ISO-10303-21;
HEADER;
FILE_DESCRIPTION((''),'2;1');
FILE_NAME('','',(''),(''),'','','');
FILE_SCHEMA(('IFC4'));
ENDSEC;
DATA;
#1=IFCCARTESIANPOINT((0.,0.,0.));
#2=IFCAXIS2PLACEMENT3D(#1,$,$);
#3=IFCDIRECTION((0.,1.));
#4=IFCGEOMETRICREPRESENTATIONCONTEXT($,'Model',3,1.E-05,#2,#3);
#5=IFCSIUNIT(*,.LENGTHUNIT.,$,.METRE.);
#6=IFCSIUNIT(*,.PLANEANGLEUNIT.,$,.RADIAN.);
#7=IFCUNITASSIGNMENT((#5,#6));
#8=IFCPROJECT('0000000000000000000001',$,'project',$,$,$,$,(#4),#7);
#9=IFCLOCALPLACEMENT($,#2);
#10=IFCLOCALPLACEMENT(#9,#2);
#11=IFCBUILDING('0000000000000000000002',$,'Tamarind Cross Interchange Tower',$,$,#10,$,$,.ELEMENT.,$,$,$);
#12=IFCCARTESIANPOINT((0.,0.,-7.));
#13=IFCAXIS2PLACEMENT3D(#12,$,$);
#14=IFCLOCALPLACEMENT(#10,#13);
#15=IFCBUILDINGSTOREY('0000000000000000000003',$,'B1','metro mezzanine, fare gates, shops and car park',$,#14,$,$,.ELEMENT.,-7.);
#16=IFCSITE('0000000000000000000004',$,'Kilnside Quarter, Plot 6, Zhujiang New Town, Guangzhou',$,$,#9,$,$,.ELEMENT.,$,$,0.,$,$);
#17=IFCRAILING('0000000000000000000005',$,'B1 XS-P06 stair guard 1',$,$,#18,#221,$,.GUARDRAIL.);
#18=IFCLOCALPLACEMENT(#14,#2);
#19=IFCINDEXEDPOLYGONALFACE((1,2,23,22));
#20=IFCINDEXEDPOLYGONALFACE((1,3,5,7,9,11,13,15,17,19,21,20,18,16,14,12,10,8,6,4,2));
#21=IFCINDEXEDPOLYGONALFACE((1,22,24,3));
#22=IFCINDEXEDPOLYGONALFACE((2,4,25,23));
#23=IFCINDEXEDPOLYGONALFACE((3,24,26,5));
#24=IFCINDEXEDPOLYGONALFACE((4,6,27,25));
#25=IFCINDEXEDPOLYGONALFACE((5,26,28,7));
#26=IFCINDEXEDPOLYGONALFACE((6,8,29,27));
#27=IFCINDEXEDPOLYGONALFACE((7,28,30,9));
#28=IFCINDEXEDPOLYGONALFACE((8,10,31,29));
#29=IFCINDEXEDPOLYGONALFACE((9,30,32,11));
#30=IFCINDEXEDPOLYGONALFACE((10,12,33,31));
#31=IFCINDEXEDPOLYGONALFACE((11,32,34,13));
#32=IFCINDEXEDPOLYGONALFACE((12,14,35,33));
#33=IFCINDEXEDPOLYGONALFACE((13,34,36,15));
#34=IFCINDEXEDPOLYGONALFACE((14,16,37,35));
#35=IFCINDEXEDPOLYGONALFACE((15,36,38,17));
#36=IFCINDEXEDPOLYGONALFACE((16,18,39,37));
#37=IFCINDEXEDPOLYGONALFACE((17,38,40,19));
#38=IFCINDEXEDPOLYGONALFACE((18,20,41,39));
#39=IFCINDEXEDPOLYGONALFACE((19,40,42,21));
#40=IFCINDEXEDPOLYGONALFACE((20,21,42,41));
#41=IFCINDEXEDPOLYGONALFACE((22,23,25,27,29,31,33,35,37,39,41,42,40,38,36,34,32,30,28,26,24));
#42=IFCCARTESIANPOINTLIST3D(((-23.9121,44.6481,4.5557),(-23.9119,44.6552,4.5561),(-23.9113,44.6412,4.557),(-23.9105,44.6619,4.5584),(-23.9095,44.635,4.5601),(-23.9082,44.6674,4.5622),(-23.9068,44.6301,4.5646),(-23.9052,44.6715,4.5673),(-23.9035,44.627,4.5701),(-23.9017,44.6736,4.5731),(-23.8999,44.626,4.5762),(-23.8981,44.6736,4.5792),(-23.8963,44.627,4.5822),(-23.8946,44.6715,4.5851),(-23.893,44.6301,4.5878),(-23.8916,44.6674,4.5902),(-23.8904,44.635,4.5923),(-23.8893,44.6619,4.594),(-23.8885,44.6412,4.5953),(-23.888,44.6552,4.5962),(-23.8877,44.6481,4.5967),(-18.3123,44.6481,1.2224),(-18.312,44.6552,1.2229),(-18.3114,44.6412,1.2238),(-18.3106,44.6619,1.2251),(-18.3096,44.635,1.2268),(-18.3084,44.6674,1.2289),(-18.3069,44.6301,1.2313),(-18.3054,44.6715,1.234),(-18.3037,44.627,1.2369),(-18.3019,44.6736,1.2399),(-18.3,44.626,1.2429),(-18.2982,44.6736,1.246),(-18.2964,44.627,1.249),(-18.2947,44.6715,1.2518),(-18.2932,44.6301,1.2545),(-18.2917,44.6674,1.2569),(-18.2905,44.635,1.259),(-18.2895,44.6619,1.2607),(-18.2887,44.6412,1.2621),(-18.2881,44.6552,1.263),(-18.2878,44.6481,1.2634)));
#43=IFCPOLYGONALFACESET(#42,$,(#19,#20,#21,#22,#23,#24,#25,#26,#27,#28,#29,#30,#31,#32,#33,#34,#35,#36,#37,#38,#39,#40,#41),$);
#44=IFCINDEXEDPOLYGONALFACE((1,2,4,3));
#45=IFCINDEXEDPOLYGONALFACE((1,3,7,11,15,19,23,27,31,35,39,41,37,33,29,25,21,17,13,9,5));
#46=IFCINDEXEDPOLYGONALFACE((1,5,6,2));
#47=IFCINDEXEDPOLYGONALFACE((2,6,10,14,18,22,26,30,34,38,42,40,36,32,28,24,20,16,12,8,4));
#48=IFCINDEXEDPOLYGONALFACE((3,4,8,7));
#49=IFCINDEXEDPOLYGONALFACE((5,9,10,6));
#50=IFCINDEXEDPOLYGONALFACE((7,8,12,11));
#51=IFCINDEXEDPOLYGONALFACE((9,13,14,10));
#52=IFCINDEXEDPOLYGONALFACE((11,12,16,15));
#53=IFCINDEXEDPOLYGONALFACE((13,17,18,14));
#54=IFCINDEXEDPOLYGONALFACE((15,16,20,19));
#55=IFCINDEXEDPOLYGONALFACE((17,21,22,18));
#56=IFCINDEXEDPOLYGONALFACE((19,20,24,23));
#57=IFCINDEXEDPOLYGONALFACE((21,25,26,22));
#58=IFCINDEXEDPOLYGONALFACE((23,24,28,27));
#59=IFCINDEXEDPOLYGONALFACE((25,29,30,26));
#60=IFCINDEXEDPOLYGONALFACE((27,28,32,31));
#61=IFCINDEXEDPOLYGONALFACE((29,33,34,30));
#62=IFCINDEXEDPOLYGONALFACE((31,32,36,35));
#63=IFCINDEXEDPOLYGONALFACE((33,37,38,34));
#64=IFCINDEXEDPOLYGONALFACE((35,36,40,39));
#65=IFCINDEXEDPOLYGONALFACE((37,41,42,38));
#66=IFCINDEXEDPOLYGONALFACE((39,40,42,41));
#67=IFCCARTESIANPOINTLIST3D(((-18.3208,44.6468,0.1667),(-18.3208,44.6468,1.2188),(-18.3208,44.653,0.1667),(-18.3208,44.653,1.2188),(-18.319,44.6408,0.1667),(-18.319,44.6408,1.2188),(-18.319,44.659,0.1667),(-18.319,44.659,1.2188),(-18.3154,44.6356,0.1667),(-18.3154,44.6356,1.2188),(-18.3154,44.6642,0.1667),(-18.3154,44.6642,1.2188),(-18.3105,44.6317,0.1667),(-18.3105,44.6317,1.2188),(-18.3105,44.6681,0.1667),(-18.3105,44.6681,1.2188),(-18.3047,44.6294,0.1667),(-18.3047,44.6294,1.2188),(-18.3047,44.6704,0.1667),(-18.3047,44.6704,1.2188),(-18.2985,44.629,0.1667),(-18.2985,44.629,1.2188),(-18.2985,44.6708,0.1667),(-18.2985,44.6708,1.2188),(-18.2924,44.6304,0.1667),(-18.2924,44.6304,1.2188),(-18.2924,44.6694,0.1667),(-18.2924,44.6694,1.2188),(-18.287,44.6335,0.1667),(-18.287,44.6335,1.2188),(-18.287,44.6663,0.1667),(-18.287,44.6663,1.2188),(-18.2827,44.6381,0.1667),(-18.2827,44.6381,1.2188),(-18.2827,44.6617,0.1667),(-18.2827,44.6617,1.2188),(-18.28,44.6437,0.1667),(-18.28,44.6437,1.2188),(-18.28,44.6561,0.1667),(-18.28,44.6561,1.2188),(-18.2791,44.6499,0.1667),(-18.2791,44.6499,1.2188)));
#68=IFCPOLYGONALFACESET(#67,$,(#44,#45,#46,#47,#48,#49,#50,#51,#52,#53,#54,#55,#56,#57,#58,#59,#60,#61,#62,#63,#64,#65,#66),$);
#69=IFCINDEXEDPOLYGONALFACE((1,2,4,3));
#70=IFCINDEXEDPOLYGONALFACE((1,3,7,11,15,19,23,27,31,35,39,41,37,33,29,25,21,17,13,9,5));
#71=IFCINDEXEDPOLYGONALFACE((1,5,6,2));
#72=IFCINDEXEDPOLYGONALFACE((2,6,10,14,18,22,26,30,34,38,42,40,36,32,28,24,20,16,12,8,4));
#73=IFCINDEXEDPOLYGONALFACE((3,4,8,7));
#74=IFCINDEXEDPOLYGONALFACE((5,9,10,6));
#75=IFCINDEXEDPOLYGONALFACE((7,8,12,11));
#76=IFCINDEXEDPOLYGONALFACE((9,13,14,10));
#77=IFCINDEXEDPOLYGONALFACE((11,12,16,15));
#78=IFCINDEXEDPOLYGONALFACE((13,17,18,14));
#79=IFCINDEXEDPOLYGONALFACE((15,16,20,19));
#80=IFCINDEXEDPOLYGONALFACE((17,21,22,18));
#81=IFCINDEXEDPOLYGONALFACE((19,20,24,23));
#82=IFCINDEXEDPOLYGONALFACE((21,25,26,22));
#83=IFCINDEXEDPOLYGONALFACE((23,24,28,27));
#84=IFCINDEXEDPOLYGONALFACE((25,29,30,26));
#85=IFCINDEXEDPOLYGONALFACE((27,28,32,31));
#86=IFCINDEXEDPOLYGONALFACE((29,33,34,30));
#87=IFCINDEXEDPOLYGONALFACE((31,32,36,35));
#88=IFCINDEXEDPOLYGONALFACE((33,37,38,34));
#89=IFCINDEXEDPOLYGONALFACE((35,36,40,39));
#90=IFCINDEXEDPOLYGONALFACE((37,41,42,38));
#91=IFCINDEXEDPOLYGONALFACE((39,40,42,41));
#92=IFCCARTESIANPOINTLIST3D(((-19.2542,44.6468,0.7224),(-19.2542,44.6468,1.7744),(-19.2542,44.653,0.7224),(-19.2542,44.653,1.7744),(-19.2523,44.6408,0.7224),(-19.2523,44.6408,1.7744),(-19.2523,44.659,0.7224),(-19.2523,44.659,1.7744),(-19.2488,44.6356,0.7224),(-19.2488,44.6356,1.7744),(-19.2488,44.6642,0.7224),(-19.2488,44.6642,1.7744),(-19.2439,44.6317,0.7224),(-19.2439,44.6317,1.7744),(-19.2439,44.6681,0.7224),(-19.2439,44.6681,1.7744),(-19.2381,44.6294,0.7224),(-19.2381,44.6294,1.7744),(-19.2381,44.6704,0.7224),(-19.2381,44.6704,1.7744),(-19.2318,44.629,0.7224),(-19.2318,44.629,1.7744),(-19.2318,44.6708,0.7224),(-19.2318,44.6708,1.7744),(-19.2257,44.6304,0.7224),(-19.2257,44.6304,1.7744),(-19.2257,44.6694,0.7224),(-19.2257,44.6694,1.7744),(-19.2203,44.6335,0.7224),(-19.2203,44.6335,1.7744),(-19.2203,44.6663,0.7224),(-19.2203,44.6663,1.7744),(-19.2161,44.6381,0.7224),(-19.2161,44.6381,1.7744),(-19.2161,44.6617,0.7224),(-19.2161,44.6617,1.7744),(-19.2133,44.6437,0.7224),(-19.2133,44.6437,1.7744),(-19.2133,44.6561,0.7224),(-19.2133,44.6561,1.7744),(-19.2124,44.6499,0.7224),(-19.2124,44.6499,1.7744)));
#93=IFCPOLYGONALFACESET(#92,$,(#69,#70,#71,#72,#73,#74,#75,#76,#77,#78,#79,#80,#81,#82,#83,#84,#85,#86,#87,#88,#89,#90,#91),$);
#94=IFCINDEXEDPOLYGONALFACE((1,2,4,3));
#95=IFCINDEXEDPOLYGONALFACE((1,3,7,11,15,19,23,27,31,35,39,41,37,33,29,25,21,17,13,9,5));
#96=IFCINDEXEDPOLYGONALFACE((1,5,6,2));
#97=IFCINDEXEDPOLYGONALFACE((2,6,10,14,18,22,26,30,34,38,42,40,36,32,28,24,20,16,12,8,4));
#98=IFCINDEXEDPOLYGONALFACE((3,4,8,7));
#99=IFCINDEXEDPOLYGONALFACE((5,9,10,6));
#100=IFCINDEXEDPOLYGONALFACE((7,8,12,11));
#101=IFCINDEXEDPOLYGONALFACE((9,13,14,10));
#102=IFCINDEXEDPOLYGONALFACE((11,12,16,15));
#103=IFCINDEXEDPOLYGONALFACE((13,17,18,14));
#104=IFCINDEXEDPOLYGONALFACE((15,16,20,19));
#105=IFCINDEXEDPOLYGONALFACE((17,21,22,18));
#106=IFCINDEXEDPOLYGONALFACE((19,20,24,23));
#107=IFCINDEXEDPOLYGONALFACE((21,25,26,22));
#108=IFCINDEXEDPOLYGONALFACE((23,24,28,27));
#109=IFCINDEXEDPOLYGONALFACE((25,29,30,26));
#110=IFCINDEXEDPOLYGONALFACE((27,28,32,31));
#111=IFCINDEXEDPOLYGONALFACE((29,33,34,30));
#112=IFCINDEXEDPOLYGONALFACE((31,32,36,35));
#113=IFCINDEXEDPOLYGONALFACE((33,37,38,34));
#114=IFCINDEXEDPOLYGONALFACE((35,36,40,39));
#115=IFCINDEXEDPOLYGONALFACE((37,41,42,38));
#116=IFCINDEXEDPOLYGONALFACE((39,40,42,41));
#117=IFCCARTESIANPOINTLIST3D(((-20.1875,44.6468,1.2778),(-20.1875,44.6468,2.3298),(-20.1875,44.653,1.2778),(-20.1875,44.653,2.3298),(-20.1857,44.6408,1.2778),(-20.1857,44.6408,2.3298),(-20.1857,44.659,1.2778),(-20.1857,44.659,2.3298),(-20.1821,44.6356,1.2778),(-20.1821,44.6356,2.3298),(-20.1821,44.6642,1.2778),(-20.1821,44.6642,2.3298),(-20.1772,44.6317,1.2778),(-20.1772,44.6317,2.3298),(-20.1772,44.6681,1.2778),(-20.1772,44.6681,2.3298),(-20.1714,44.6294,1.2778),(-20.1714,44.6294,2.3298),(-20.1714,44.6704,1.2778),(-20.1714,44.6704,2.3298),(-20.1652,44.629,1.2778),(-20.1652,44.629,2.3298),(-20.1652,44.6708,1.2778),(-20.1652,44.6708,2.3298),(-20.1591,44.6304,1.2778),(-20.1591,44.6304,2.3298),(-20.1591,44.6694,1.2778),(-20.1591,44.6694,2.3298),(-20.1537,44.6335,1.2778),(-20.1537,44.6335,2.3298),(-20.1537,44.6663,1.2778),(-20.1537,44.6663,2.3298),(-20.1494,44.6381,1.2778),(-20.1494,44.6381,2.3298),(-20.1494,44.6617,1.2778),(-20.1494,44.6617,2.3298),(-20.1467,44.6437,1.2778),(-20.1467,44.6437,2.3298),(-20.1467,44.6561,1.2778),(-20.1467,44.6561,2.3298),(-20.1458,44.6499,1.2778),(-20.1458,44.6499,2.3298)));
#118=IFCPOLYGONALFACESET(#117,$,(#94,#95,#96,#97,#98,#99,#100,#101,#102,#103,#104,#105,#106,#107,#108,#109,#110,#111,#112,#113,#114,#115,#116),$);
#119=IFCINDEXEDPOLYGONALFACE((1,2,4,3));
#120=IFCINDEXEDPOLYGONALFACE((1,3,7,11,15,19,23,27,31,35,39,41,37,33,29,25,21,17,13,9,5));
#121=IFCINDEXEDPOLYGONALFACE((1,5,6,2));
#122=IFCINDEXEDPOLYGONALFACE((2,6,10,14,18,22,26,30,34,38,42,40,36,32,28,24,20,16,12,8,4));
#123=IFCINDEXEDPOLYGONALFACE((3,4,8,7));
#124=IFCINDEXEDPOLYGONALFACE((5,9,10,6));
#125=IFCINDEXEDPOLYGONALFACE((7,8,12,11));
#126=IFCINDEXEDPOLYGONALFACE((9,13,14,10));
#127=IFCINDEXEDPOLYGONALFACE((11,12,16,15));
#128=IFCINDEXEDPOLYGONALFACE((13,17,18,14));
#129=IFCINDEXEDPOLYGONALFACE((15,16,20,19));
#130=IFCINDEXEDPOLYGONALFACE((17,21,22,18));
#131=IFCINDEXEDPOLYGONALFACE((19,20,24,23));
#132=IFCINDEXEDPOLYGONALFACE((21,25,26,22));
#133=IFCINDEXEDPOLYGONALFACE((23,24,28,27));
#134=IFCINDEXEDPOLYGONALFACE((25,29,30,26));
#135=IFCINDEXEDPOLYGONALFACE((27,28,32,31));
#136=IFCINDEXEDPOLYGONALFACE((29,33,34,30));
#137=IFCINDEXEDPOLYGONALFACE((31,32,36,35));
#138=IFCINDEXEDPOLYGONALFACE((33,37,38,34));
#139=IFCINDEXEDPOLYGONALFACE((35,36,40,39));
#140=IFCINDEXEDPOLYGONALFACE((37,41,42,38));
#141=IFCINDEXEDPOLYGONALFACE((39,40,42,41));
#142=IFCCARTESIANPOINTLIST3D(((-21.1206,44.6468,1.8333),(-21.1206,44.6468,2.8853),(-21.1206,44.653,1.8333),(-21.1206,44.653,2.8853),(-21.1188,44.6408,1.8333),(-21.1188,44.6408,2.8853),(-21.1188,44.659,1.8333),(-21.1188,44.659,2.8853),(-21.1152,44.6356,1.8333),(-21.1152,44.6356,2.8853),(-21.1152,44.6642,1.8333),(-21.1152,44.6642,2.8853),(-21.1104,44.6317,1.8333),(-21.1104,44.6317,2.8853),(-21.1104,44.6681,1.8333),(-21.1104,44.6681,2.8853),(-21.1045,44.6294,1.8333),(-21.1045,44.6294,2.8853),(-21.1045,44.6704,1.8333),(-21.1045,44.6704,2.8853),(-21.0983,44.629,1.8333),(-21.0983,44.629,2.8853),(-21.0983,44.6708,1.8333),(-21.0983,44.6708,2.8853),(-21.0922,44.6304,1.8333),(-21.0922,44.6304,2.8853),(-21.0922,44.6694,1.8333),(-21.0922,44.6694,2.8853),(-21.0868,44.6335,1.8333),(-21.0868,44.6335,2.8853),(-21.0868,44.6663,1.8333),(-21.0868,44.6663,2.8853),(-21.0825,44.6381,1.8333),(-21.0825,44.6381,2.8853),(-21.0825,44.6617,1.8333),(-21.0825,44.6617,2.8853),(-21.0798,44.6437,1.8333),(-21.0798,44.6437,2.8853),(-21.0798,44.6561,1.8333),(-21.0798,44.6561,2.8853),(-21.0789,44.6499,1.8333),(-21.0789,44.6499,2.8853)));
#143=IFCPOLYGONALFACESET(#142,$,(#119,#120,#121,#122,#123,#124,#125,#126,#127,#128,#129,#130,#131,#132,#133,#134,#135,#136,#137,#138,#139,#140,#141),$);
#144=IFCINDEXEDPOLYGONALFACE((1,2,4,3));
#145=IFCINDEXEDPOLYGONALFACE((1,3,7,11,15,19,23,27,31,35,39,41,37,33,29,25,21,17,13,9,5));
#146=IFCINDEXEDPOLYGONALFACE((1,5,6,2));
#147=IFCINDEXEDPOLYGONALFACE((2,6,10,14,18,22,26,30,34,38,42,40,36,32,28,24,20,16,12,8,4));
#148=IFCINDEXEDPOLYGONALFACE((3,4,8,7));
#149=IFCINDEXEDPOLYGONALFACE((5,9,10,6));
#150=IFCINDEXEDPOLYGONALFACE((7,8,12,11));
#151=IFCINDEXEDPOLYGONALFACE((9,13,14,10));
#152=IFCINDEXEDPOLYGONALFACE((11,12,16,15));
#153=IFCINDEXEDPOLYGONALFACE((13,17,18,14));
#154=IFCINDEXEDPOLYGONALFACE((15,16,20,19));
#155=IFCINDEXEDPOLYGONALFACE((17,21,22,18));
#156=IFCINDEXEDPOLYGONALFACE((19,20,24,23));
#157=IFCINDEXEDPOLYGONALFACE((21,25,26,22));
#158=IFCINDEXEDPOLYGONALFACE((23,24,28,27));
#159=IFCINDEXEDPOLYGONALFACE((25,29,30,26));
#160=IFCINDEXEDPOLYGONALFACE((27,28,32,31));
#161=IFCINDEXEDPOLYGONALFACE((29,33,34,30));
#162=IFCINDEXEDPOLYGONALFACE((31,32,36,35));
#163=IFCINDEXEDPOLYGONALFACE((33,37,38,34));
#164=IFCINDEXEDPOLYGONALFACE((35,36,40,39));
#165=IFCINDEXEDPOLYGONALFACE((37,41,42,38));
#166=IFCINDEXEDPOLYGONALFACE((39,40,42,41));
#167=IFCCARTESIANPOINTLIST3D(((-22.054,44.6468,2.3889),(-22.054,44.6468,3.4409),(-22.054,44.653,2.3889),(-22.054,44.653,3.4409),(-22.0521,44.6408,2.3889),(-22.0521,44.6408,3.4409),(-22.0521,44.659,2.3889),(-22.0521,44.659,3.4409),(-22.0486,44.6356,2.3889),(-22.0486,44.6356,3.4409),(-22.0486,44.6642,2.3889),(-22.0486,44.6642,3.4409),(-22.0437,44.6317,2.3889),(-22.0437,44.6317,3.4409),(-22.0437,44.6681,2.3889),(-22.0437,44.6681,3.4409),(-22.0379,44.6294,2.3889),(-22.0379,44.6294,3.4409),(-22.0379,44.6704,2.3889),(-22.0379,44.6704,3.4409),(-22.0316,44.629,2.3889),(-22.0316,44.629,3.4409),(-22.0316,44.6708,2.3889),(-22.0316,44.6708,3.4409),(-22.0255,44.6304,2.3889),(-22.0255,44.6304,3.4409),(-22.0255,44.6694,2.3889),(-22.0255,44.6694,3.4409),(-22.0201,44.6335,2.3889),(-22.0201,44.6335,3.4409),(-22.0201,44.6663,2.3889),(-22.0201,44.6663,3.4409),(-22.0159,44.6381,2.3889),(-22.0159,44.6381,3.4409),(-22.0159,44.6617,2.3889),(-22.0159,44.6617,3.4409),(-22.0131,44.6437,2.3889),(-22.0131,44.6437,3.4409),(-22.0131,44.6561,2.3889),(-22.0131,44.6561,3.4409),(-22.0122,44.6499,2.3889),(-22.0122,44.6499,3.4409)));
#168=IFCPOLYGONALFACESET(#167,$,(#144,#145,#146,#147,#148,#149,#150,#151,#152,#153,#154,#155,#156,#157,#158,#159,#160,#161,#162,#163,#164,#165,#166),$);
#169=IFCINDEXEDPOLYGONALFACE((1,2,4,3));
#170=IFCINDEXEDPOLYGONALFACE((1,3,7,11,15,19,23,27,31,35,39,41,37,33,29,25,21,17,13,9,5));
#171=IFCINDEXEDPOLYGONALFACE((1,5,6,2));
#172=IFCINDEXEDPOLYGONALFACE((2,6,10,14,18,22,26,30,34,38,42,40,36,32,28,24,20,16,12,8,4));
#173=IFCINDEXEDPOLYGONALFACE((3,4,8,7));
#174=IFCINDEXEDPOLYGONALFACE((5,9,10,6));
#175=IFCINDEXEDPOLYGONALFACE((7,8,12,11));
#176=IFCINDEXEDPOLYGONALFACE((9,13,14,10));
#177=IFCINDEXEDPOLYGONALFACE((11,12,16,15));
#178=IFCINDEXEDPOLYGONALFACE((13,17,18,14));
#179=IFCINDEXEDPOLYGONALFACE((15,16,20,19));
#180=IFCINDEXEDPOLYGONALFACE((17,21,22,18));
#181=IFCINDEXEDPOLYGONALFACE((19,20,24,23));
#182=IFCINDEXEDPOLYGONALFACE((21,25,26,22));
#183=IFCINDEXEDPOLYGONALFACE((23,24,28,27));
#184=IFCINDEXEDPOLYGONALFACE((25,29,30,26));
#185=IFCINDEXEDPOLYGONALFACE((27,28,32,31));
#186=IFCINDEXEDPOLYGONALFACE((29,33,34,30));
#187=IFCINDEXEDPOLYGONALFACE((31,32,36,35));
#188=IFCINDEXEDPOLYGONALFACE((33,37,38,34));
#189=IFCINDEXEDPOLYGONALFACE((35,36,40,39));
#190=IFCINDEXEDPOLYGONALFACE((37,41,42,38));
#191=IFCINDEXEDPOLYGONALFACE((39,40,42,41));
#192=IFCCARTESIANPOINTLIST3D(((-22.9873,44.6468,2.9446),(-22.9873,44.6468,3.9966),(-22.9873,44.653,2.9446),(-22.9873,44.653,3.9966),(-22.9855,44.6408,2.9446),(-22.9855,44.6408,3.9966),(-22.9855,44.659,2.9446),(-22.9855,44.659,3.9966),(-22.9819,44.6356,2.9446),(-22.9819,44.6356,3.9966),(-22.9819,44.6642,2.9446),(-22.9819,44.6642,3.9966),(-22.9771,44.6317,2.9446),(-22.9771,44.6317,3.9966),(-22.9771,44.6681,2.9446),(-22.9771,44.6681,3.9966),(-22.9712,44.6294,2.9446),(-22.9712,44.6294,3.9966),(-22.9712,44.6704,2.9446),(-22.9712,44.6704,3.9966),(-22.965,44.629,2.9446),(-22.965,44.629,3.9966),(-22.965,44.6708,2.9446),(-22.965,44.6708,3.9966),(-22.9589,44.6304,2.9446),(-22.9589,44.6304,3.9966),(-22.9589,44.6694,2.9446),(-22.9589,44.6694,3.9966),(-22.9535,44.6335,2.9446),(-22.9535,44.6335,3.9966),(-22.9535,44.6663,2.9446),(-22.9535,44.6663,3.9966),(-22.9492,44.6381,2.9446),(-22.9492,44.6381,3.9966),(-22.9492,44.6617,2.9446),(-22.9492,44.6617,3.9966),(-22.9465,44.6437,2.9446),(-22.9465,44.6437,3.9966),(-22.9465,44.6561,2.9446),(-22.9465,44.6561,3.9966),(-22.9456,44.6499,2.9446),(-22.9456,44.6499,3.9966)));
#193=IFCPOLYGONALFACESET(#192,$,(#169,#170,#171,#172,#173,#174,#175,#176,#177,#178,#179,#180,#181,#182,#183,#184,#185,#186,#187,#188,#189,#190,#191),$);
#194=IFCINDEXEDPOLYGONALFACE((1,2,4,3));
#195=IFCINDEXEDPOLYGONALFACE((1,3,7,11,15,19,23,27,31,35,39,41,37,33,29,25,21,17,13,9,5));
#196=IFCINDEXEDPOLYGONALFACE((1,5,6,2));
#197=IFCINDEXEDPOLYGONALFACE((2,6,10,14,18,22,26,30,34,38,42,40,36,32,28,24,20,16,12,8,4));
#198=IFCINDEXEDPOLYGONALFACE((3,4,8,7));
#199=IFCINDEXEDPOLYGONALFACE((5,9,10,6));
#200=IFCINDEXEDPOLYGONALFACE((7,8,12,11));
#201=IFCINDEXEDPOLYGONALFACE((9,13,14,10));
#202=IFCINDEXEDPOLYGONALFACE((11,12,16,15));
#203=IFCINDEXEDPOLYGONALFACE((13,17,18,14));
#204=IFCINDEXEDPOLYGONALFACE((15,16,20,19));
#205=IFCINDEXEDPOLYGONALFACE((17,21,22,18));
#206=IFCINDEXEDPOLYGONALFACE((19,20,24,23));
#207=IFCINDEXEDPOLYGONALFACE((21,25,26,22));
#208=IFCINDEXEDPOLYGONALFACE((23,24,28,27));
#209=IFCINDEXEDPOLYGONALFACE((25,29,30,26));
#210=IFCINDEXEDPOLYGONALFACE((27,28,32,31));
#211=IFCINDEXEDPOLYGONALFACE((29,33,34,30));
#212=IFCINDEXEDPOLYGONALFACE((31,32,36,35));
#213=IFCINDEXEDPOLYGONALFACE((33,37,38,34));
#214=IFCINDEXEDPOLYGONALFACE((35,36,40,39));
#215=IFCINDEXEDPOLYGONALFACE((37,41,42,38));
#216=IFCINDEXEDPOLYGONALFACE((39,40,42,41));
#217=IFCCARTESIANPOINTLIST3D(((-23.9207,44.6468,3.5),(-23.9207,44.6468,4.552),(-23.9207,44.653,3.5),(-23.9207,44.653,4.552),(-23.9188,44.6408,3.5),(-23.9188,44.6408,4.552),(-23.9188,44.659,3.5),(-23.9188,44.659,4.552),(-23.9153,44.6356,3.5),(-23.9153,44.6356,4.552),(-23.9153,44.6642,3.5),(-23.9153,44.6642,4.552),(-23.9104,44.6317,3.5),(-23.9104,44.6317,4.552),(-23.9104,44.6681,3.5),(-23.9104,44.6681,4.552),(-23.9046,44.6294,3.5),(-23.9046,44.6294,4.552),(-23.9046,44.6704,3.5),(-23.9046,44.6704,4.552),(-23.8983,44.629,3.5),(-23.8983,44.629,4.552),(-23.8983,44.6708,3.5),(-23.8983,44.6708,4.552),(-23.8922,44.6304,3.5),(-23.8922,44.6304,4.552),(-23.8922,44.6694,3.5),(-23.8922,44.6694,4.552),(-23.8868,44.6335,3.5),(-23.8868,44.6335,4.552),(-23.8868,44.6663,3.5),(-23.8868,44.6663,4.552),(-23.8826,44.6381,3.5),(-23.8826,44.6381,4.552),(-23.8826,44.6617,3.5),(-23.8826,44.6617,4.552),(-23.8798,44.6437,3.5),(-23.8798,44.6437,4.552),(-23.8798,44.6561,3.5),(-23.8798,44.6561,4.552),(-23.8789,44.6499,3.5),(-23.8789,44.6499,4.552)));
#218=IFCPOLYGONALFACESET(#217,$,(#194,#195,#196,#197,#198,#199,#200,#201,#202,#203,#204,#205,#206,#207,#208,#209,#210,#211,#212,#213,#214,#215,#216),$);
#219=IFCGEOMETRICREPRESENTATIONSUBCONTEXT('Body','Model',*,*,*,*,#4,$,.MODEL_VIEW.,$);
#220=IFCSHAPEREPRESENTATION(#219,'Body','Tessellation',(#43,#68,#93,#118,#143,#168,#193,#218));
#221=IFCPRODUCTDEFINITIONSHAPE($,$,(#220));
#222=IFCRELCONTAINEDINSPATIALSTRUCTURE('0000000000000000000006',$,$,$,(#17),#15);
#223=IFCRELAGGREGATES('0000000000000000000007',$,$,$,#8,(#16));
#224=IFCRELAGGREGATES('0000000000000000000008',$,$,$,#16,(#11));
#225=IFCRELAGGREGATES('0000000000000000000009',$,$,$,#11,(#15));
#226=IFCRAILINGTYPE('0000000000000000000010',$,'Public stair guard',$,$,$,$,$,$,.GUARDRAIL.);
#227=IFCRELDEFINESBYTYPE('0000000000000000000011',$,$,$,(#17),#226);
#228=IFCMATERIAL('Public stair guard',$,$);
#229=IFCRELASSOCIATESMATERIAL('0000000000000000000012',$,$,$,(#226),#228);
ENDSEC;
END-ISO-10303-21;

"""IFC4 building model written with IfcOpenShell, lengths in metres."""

from ifc_helpers import new_model, si_unit, direction, frame, origin, origin_2d, place, context, subcontext, project, spatial, circle, extrude, material, type_object, element, save


model = new_model("IFC4")

# Units and contexts
model_context = context("Model", 3, precision=1e-05, world=origin(), true_north=direction((0.0, 1.0)))
body_context = subcontext(model_context, "Body", "Model", "MODEL_VIEW")
ifc_project = project(units=[si_unit("LENGTHUNIT", "METRE"), si_unit("PLANEANGLEUNIT", "RADIAN")], contexts=[model_context])

# Site, building, storey
site_placement = place(None, origin())
site = spatial("IfcSite", under=ifc_project, at=site_placement, Name="Kilnside Quarter, Plot 6, Zhujiang New Town, Guangzhou", CompositionType="ELEMENT", RefElevation=0.0)
building_placement = place(site_placement, origin())
building = spatial("IfcBuilding", under=site, at=building_placement, Name="Tamarind Cross Interchange Tower", CompositionType="ELEMENT")
storey_placement = place(building_placement, frame((0.0, 0.0, -7.0)))
storey = spatial("IfcBuildingStorey", under=building, at=storey_placement, Name="B1", Description="metro mezzanine, fare gates, shops and car park", CompositionType="ELEMENT", Elevation=-7.0)

# Railing
ifc_material_1 = material(Name="Public stair guard")
railing_type_1 = type_object("IfcRailingType", Name="Public stair guard", PredefinedType="GUARDRAIL", material=ifc_material_1)
railing_1_placement = place(storey_placement, frame((-18.3, 44.6499, 0.1667)))
element("IfcRailing", 1, at=railing_1_placement, inside=storey, type_object=railing_type_1, Name="B1 XS-P06 stair guard 1", PredefinedType="GUARDRAIL", context=body_context, shape_type="SweptSolid", body=[
    extrude(circle(Radius=0.0239, at=origin_2d()), frame((0.0, 0.0, 1.0762), z_axis=(-0.859292, 0.0, 0.511485), x_axis=(0.0, -1.0, 0.0)), (0.0, 0.0, 1.0), 6.5168),
    extrude(circle(Radius=0.021, at=origin_2d()), origin(), (0.0, 0.0, 1.0), 1.052),
    extrude(circle(Radius=0.021, at=origin_2d()), frame((-0.9333, 0.0, 0.5557)), (0.0, 0.0, 1.0), 1.052),
    extrude(circle(Radius=0.021, at=origin_2d()), frame((-1.8667, 0.0, 1.1111)), (0.0, 0.0, 1.0), 1.052),
    extrude(circle(Radius=0.021, at=origin_2d()), frame((-2.7998, 0.0, 1.6665)), (0.0, 0.0, 1.0), 1.052),
    extrude(circle(Radius=0.021, at=origin_2d()), frame((-3.7332, 0.0, 2.2222)), (0.0, 0.0, 1.0), 1.052),
    extrude(circle(Radius=0.021, at=origin_2d()), frame((-4.6665, 0.0, 2.7778)), (0.0, 0.0, 1.0), 1.052),
    extrude(circle(Radius=0.021, at=origin_2d()), frame((-5.5999, 0.0, 3.3333)), (0.0, 0.0, 1.0), 1.052),
])

save(model, "model.ifc")
